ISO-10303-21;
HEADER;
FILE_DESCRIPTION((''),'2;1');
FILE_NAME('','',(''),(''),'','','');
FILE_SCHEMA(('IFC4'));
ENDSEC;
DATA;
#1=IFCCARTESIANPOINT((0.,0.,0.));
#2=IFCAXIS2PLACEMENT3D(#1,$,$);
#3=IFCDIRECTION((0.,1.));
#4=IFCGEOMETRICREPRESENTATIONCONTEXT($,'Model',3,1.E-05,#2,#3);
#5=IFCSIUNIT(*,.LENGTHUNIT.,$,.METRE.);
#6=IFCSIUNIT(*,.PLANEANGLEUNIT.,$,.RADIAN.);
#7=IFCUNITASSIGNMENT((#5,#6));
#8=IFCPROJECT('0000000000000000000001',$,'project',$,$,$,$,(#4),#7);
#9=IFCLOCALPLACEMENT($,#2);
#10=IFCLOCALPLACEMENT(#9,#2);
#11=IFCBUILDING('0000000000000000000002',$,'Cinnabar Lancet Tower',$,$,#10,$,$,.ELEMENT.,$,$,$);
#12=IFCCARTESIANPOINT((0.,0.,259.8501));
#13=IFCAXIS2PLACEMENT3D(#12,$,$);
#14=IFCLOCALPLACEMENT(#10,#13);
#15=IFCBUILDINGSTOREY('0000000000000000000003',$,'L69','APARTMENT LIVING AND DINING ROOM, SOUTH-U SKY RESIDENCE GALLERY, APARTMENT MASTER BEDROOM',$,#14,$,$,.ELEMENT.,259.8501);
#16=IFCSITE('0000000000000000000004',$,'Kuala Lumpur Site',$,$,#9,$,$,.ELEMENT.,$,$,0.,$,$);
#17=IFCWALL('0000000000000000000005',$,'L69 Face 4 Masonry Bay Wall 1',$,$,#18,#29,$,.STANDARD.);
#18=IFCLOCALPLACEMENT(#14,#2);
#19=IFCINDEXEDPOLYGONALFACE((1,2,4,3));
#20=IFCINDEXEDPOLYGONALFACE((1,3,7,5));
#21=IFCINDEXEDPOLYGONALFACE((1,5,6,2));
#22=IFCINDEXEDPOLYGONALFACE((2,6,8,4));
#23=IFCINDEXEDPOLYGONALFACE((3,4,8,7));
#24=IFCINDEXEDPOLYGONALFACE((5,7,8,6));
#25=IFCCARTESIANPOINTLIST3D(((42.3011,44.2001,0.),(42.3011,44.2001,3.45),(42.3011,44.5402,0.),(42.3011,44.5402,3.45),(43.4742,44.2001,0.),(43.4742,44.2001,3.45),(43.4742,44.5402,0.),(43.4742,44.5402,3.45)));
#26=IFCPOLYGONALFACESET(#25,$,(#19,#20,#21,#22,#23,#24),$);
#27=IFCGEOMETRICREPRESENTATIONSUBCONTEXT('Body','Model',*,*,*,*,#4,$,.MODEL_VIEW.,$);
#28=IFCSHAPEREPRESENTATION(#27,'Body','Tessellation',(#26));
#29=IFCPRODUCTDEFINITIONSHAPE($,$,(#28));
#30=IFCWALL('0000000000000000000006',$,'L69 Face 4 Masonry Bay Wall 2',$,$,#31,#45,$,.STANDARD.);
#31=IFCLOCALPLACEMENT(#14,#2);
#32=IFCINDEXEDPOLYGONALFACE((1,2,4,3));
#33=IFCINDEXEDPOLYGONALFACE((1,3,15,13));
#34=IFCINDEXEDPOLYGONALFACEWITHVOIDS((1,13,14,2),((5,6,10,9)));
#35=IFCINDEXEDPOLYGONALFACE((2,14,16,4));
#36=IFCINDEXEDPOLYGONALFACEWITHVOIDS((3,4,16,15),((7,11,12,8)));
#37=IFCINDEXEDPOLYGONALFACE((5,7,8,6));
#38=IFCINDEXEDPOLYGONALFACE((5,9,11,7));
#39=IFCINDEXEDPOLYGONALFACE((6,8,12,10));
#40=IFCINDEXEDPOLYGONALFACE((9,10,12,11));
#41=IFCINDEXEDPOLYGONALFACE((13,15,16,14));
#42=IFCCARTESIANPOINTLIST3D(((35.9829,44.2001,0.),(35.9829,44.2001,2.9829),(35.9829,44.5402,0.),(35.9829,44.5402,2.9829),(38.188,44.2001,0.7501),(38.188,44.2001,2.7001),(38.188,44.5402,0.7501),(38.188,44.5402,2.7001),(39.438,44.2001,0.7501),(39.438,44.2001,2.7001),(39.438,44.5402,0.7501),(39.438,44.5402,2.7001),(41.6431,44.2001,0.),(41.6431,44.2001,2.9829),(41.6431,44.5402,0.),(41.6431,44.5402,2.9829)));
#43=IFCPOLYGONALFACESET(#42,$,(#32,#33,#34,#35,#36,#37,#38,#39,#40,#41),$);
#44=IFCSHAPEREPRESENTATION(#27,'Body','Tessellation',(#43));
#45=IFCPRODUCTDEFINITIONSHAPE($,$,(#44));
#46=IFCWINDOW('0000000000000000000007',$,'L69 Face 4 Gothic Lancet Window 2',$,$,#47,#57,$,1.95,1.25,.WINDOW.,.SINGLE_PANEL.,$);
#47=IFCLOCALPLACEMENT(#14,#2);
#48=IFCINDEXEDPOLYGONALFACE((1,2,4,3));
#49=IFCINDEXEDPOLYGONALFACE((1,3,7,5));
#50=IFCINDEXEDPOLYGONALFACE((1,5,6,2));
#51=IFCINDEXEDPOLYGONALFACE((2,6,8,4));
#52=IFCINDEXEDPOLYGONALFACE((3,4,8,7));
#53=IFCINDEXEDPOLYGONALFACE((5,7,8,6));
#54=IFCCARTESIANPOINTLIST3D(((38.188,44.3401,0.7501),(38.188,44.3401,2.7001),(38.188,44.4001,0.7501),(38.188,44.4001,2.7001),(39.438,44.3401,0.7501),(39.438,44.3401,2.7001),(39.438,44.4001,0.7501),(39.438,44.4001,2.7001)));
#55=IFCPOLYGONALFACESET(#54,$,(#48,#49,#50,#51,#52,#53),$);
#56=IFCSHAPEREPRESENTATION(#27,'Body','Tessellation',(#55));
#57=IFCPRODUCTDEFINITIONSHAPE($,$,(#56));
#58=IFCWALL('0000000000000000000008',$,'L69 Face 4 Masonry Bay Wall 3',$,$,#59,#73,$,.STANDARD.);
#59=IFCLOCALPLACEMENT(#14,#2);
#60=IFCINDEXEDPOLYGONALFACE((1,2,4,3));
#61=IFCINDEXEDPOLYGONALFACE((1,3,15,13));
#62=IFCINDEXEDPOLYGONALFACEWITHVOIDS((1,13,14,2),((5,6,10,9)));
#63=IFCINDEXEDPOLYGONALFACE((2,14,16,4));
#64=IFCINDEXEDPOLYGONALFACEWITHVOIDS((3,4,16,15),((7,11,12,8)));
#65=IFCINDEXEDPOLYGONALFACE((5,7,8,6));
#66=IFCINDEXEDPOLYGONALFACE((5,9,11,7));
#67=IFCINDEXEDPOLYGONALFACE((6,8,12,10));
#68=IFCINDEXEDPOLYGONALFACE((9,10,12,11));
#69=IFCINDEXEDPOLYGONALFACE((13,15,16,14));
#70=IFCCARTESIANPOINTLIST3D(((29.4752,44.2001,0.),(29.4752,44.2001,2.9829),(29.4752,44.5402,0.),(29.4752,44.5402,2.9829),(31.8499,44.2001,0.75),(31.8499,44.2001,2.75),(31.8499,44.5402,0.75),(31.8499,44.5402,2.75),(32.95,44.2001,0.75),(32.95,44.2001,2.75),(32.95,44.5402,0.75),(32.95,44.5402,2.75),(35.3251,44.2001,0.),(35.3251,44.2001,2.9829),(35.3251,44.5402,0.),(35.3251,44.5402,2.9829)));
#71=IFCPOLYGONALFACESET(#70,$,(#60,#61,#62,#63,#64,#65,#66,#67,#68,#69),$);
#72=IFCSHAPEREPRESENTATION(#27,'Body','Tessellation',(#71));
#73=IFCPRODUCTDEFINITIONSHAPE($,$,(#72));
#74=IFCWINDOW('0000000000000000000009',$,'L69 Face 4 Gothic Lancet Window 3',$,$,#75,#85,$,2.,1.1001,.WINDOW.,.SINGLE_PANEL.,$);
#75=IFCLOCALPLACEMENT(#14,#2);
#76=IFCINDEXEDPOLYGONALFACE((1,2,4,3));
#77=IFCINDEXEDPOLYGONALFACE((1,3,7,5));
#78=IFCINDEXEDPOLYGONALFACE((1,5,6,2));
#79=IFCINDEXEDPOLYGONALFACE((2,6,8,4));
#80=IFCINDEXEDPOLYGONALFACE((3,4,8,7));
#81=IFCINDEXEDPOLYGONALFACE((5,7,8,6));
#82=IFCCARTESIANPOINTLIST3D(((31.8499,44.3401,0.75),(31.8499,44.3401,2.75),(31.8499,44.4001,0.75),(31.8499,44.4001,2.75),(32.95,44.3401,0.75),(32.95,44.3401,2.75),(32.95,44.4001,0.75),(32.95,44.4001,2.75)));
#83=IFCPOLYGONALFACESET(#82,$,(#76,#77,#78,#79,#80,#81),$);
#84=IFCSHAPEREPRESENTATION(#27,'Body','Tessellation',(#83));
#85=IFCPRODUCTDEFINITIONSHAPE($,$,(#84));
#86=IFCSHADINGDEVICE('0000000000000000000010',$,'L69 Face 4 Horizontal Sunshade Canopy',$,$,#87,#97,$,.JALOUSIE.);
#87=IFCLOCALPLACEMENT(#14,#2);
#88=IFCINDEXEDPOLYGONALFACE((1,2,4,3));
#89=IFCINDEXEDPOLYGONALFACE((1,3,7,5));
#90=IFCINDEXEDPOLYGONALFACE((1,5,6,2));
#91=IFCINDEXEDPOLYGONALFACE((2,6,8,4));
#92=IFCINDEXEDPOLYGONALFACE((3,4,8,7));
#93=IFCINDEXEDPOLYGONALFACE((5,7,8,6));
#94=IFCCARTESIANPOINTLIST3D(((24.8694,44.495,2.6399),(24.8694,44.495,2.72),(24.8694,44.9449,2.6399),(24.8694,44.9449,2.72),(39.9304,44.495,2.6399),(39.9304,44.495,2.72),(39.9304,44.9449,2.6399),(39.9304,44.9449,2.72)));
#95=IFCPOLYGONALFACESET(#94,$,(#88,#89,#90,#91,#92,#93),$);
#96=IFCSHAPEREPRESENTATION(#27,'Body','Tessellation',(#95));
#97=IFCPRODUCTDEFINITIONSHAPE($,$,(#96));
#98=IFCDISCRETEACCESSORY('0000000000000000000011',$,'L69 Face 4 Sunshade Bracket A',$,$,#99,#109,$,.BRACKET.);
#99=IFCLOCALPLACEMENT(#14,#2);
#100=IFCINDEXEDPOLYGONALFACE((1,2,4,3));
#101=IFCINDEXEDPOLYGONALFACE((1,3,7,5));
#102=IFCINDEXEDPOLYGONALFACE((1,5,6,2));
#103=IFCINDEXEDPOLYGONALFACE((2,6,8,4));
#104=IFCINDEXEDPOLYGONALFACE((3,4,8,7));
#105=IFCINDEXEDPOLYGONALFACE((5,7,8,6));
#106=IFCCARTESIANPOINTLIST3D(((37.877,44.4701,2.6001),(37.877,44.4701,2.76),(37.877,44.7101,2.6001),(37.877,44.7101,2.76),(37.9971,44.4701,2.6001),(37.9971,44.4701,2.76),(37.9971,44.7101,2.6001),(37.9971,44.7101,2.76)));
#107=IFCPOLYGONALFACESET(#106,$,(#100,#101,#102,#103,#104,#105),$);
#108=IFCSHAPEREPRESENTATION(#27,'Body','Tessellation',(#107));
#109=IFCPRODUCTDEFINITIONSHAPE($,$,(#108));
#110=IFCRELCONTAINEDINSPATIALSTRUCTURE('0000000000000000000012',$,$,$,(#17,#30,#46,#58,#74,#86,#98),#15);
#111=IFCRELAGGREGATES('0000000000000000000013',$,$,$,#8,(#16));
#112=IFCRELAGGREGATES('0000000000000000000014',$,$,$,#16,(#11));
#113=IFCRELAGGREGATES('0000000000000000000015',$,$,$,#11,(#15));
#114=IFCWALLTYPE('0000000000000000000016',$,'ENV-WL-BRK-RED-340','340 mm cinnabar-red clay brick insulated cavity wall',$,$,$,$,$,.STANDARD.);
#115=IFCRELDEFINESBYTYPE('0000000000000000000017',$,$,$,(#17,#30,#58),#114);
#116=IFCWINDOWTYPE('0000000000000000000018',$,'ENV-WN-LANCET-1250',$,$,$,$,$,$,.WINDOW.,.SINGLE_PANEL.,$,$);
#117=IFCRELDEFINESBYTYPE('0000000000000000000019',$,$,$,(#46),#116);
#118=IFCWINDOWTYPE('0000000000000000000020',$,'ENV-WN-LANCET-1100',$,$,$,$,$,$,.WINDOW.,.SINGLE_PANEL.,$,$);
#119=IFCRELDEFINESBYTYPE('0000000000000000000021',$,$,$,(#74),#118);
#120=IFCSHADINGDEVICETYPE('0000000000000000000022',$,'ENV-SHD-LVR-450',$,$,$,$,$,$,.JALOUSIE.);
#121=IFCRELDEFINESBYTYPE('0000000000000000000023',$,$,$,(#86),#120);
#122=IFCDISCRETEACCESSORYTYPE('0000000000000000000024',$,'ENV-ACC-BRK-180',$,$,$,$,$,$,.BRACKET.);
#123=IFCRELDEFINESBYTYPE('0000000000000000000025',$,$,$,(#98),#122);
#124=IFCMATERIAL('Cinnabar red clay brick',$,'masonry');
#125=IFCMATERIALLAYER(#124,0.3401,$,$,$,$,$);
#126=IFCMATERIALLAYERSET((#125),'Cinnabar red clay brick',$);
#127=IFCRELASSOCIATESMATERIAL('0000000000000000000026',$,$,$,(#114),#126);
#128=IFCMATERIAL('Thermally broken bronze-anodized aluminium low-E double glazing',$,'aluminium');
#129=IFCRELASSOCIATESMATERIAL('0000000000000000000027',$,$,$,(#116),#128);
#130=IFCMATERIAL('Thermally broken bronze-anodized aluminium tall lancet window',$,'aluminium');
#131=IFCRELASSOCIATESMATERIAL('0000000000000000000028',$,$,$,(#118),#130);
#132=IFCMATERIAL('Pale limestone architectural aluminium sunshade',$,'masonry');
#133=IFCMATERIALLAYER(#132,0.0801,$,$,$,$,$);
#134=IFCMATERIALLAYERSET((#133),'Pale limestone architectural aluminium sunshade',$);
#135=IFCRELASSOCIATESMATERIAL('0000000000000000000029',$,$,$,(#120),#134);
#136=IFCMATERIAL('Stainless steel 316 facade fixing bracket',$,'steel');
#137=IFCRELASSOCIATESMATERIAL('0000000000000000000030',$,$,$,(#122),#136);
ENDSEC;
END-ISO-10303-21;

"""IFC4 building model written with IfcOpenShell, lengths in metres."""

from ifc_helpers import new_model, si_unit, direction, frame, frame_2d, origin, origin_2d, place, context, subcontext, project, spatial, rectangle, extrude, material, layer, layer_set, type_object, element, fill, save


model = new_model("IFC4")

# Units and contexts
model_context = context("Model", 3, precision=1e-05, world=origin(), true_north=direction((0.0, 1.0)))
body_context = subcontext(model_context, "Body", "Model", "MODEL_VIEW")
ifc_project = project(units=[si_unit("LENGTHUNIT", "METRE"), si_unit("PLANEANGLEUNIT", "RADIAN")], contexts=[model_context])

# Site, building, storey
site_placement = place(None, origin())
site = spatial("IfcSite", under=ifc_project, at=site_placement, Name="Kuala Lumpur Site", CompositionType="ELEMENT", RefElevation=0.0)
building_placement = place(site_placement, origin())
building = spatial("IfcBuilding", under=site, at=building_placement, Name="Cinnabar Lancet Tower", CompositionType="ELEMENT")
storey_placement = place(building_placement, frame((0.0, 0.0, 259.8501)))
storey = spatial("IfcBuildingStorey", under=building, at=storey_placement, Name="L69", Description="APARTMENT LIVING AND DINING ROOM, SOUTH-U SKY RESIDENCE GALLERY, APARTMENT MASTER BEDROOM", CompositionType="ELEMENT", Elevation=259.8501)

# Wall
ifc_material_1 = material(Name="Cinnabar red clay brick", Category="masonry")
ifc_layer_1 = layer(ifc_material_1, 0.3401)
ifc_layer_set_1 = layer_set([ifc_layer_1], Name="Cinnabar red clay brick")
wall_type_1 = type_object("IfcWallType", Name="ENV-WL-BRK-RED-340", Description="340 mm cinnabar-red clay brick insulated cavity wall", PredefinedType="STANDARD", material=ifc_layer_set_1)
wall_1_placement = place(storey_placement, frame((43.4741, 44.3701, 0.0), z_axis=(0.0, 0.0, 1.0), x_axis=(-1.0, 0.0, 0.0)))
element("IfcWall", 1, at=wall_1_placement, inside=storey, type_object=wall_type_1, Name="L69 Face 4 Masonry Bay Wall 1", PredefinedType="STANDARD", context=body_context, shape_type="SweptSolid", body=[
    extrude(rectangle(XDim=1.1731, YDim=0.3401, at=frame_2d((0.5864, 0.0))), origin(), (0.0, 0.0, 1.0), 3.45),
])

# Walls, openings, windows
wall_2_placement = place(storey_placement, frame((41.6431, 44.3701, 0.0), z_axis=(0.0, 0.0, 1.0), x_axis=(-1.0, 0.0, 0.0)))
wall_2 = element("IfcWall", 2, at=wall_2_placement, inside=storey, type_object=wall_type_1, Name="L69 Face 4 Masonry Bay Wall 2", PredefinedType="STANDARD", context=body_context, shape_type="SweptSolid", body=[
    extrude(rectangle(XDim=5.6602, YDim=0.3401, at=frame_2d((2.8301, 0.0))), origin(), (0.0, 0.0, 1.0), 2.9829),
])
opening_1_placement = place(wall_2_placement, frame((2.2051, 0.0, 0.75)))
opening_1 = element("IfcOpeningElement", 3, at=opening_1_placement, cuts=wall_2, PredefinedType="OPENING", context=body_context, shape_type="SweptSolid", body=[
    extrude(rectangle(XDim=1.25, YDim=1.95, at=frame_2d((0.625, 0.9751))), frame((0.0, 0.1799, 0.0), z_axis=(0.0, -1.0, 0.0), x_axis=(1.0, 0.0, 0.0)), (0.0, 0.0, 1.0), 0.3601),
])
ifc_material_2 = material(Name="Thermally broken bronze-anodized aluminium low-E double glazing", Category="aluminium")
window_type_1 = type_object("IfcWindowType", Name="ENV-WN-LANCET-1250", PartitioningType="SINGLE_PANEL", PredefinedType="WINDOW", material=ifc_material_2)
window_1_placement = place(opening_1_placement, origin())
window_1 = element("IfcWindow", 4, at=window_1_placement, inside=storey, type_object=window_type_1, Name="L69 Face 4 Gothic Lancet Window 2", OverallHeight=1.95, OverallWidth=1.25, PartitioningType="SINGLE_PANEL", PredefinedType="WINDOW", context=body_context, shape_type="SweptSolid", body=[
    extrude(rectangle(XDim=1.25, YDim=1.95, at=frame_2d((0.625, 0.9751))), frame((0.0, 0.03, 0.0), z_axis=(0.0, -1.0, 0.0), x_axis=(1.0, 0.0, 0.0)), (0.0, 0.0, 1.0), 0.0601),
])
fill(opening_1, window_1)
wall_3_placement = place(storey_placement, frame((35.325, 44.3701, 0.0), z_axis=(0.0, 0.0, 1.0), x_axis=(-1.0, 0.0, 0.0)))
wall_3 = element("IfcWall", 5, at=wall_3_placement, inside=storey, type_object=wall_type_1, Name="L69 Face 4 Masonry Bay Wall 3", PredefinedType="STANDARD", context=body_context, shape_type="SweptSolid", body=[
    extrude(rectangle(XDim=5.8499, YDim=0.3401, at=frame_2d((2.9248, 0.0))), origin(), (0.0, 0.0, 1.0), 2.9829),
])
opening_2_placement = place(wall_3_placement, frame((2.375, 0.0, 0.75)))
opening_2 = element("IfcOpeningElement", 6, at=opening_2_placement, cuts=wall_3, PredefinedType="OPENING", context=body_context, shape_type="SweptSolid", body=[
    extrude(rectangle(XDim=1.1001, YDim=2.0, at=frame_2d((0.55, 1.0))), frame((0.0, 0.1799, 0.0), z_axis=(0.0, -1.0, 0.0), x_axis=(1.0, 0.0, 0.0)), (0.0, 0.0, 1.0), 0.3601),
])
ifc_material_3 = material(Name="Thermally broken bronze-anodized aluminium tall lancet window", Category="aluminium")
window_type_2 = type_object("IfcWindowType", Name="ENV-WN-LANCET-1100", PartitioningType="SINGLE_PANEL", PredefinedType="WINDOW", material=ifc_material_3)
window_2_placement = place(opening_2_placement, origin())
window_2 = element("IfcWindow", 7, at=window_2_placement, inside=storey, type_object=window_type_2, Name="L69 Face 4 Gothic Lancet Window 3", OverallHeight=2.0, OverallWidth=1.1001, PartitioningType="SINGLE_PANEL", PredefinedType="WINDOW", context=body_context, shape_type="SweptSolid", body=[
    extrude(rectangle(XDim=1.1001, YDim=2.0, at=frame_2d((0.55, 1.0))), frame((0.0, 0.03, 0.0), z_axis=(0.0, -1.0, 0.0), x_axis=(1.0, 0.0, 0.0)), (0.0, 0.0, 1.0), 0.0601),
])
fill(opening_2, window_2)

# Shading device
ifc_material_4 = material(Name="Pale limestone architectural aluminium sunshade", Category="masonry")
ifc_layer_2 = layer(ifc_material_4, 0.0801)
ifc_layer_set_2 = layer_set([ifc_layer_2], Name="Pale limestone architectural aluminium sunshade")
shading_device_type = type_object("IfcShadingDeviceType", Name="ENV-SHD-LVR-450", PredefinedType="JALOUSIE", material=ifc_layer_set_2)
shading_device_placement = place(storey_placement, frame((32.3999, 44.72, 2.6399), z_axis=(0.0, 0.0, 1.0), x_axis=(-1.0, 0.0, 0.0)))
element("IfcShadingDevice", 8, at=shading_device_placement, inside=storey, type_object=shading_device_type, Name="L69 Face 4 Horizontal Sunshade Canopy", PredefinedType="JALOUSIE", context=body_context, shape_type="SweptSolid", body=[
    extrude(rectangle(XDim=15.061, YDim=0.45, at=origin_2d()), origin(), (0.0, 0.0, 1.0), 0.0801),
])

# Discrete accessory
ifc_material_5 = material(Name="Stainless steel 316 facade fixing bracket", Category="steel")
discrete_accessory_type = type_object("IfcDiscreteAccessoryType", Name="ENV-ACC-BRK-180", PredefinedType="BRACKET", material=ifc_material_5)
discrete_accessory_placement = place(storey_placement, frame((37.937, 44.5901, 2.6001), z_axis=(0.0, 0.0, 1.0), x_axis=(-1.0, 0.0, 0.0)))
element("IfcDiscreteAccessory", 9, at=discrete_accessory_placement, inside=storey, type_object=discrete_accessory_type, Name="L69 Face 4 Sunshade Bracket A", PredefinedType="BRACKET", context=body_context, shape_type="SweptSolid", body=[
    extrude(rectangle(XDim=0.1201, YDim=0.24, at=origin_2d()), origin(), (0.0, 0.0, 1.0), 0.1599),
])

save(model, "model.ifc")
